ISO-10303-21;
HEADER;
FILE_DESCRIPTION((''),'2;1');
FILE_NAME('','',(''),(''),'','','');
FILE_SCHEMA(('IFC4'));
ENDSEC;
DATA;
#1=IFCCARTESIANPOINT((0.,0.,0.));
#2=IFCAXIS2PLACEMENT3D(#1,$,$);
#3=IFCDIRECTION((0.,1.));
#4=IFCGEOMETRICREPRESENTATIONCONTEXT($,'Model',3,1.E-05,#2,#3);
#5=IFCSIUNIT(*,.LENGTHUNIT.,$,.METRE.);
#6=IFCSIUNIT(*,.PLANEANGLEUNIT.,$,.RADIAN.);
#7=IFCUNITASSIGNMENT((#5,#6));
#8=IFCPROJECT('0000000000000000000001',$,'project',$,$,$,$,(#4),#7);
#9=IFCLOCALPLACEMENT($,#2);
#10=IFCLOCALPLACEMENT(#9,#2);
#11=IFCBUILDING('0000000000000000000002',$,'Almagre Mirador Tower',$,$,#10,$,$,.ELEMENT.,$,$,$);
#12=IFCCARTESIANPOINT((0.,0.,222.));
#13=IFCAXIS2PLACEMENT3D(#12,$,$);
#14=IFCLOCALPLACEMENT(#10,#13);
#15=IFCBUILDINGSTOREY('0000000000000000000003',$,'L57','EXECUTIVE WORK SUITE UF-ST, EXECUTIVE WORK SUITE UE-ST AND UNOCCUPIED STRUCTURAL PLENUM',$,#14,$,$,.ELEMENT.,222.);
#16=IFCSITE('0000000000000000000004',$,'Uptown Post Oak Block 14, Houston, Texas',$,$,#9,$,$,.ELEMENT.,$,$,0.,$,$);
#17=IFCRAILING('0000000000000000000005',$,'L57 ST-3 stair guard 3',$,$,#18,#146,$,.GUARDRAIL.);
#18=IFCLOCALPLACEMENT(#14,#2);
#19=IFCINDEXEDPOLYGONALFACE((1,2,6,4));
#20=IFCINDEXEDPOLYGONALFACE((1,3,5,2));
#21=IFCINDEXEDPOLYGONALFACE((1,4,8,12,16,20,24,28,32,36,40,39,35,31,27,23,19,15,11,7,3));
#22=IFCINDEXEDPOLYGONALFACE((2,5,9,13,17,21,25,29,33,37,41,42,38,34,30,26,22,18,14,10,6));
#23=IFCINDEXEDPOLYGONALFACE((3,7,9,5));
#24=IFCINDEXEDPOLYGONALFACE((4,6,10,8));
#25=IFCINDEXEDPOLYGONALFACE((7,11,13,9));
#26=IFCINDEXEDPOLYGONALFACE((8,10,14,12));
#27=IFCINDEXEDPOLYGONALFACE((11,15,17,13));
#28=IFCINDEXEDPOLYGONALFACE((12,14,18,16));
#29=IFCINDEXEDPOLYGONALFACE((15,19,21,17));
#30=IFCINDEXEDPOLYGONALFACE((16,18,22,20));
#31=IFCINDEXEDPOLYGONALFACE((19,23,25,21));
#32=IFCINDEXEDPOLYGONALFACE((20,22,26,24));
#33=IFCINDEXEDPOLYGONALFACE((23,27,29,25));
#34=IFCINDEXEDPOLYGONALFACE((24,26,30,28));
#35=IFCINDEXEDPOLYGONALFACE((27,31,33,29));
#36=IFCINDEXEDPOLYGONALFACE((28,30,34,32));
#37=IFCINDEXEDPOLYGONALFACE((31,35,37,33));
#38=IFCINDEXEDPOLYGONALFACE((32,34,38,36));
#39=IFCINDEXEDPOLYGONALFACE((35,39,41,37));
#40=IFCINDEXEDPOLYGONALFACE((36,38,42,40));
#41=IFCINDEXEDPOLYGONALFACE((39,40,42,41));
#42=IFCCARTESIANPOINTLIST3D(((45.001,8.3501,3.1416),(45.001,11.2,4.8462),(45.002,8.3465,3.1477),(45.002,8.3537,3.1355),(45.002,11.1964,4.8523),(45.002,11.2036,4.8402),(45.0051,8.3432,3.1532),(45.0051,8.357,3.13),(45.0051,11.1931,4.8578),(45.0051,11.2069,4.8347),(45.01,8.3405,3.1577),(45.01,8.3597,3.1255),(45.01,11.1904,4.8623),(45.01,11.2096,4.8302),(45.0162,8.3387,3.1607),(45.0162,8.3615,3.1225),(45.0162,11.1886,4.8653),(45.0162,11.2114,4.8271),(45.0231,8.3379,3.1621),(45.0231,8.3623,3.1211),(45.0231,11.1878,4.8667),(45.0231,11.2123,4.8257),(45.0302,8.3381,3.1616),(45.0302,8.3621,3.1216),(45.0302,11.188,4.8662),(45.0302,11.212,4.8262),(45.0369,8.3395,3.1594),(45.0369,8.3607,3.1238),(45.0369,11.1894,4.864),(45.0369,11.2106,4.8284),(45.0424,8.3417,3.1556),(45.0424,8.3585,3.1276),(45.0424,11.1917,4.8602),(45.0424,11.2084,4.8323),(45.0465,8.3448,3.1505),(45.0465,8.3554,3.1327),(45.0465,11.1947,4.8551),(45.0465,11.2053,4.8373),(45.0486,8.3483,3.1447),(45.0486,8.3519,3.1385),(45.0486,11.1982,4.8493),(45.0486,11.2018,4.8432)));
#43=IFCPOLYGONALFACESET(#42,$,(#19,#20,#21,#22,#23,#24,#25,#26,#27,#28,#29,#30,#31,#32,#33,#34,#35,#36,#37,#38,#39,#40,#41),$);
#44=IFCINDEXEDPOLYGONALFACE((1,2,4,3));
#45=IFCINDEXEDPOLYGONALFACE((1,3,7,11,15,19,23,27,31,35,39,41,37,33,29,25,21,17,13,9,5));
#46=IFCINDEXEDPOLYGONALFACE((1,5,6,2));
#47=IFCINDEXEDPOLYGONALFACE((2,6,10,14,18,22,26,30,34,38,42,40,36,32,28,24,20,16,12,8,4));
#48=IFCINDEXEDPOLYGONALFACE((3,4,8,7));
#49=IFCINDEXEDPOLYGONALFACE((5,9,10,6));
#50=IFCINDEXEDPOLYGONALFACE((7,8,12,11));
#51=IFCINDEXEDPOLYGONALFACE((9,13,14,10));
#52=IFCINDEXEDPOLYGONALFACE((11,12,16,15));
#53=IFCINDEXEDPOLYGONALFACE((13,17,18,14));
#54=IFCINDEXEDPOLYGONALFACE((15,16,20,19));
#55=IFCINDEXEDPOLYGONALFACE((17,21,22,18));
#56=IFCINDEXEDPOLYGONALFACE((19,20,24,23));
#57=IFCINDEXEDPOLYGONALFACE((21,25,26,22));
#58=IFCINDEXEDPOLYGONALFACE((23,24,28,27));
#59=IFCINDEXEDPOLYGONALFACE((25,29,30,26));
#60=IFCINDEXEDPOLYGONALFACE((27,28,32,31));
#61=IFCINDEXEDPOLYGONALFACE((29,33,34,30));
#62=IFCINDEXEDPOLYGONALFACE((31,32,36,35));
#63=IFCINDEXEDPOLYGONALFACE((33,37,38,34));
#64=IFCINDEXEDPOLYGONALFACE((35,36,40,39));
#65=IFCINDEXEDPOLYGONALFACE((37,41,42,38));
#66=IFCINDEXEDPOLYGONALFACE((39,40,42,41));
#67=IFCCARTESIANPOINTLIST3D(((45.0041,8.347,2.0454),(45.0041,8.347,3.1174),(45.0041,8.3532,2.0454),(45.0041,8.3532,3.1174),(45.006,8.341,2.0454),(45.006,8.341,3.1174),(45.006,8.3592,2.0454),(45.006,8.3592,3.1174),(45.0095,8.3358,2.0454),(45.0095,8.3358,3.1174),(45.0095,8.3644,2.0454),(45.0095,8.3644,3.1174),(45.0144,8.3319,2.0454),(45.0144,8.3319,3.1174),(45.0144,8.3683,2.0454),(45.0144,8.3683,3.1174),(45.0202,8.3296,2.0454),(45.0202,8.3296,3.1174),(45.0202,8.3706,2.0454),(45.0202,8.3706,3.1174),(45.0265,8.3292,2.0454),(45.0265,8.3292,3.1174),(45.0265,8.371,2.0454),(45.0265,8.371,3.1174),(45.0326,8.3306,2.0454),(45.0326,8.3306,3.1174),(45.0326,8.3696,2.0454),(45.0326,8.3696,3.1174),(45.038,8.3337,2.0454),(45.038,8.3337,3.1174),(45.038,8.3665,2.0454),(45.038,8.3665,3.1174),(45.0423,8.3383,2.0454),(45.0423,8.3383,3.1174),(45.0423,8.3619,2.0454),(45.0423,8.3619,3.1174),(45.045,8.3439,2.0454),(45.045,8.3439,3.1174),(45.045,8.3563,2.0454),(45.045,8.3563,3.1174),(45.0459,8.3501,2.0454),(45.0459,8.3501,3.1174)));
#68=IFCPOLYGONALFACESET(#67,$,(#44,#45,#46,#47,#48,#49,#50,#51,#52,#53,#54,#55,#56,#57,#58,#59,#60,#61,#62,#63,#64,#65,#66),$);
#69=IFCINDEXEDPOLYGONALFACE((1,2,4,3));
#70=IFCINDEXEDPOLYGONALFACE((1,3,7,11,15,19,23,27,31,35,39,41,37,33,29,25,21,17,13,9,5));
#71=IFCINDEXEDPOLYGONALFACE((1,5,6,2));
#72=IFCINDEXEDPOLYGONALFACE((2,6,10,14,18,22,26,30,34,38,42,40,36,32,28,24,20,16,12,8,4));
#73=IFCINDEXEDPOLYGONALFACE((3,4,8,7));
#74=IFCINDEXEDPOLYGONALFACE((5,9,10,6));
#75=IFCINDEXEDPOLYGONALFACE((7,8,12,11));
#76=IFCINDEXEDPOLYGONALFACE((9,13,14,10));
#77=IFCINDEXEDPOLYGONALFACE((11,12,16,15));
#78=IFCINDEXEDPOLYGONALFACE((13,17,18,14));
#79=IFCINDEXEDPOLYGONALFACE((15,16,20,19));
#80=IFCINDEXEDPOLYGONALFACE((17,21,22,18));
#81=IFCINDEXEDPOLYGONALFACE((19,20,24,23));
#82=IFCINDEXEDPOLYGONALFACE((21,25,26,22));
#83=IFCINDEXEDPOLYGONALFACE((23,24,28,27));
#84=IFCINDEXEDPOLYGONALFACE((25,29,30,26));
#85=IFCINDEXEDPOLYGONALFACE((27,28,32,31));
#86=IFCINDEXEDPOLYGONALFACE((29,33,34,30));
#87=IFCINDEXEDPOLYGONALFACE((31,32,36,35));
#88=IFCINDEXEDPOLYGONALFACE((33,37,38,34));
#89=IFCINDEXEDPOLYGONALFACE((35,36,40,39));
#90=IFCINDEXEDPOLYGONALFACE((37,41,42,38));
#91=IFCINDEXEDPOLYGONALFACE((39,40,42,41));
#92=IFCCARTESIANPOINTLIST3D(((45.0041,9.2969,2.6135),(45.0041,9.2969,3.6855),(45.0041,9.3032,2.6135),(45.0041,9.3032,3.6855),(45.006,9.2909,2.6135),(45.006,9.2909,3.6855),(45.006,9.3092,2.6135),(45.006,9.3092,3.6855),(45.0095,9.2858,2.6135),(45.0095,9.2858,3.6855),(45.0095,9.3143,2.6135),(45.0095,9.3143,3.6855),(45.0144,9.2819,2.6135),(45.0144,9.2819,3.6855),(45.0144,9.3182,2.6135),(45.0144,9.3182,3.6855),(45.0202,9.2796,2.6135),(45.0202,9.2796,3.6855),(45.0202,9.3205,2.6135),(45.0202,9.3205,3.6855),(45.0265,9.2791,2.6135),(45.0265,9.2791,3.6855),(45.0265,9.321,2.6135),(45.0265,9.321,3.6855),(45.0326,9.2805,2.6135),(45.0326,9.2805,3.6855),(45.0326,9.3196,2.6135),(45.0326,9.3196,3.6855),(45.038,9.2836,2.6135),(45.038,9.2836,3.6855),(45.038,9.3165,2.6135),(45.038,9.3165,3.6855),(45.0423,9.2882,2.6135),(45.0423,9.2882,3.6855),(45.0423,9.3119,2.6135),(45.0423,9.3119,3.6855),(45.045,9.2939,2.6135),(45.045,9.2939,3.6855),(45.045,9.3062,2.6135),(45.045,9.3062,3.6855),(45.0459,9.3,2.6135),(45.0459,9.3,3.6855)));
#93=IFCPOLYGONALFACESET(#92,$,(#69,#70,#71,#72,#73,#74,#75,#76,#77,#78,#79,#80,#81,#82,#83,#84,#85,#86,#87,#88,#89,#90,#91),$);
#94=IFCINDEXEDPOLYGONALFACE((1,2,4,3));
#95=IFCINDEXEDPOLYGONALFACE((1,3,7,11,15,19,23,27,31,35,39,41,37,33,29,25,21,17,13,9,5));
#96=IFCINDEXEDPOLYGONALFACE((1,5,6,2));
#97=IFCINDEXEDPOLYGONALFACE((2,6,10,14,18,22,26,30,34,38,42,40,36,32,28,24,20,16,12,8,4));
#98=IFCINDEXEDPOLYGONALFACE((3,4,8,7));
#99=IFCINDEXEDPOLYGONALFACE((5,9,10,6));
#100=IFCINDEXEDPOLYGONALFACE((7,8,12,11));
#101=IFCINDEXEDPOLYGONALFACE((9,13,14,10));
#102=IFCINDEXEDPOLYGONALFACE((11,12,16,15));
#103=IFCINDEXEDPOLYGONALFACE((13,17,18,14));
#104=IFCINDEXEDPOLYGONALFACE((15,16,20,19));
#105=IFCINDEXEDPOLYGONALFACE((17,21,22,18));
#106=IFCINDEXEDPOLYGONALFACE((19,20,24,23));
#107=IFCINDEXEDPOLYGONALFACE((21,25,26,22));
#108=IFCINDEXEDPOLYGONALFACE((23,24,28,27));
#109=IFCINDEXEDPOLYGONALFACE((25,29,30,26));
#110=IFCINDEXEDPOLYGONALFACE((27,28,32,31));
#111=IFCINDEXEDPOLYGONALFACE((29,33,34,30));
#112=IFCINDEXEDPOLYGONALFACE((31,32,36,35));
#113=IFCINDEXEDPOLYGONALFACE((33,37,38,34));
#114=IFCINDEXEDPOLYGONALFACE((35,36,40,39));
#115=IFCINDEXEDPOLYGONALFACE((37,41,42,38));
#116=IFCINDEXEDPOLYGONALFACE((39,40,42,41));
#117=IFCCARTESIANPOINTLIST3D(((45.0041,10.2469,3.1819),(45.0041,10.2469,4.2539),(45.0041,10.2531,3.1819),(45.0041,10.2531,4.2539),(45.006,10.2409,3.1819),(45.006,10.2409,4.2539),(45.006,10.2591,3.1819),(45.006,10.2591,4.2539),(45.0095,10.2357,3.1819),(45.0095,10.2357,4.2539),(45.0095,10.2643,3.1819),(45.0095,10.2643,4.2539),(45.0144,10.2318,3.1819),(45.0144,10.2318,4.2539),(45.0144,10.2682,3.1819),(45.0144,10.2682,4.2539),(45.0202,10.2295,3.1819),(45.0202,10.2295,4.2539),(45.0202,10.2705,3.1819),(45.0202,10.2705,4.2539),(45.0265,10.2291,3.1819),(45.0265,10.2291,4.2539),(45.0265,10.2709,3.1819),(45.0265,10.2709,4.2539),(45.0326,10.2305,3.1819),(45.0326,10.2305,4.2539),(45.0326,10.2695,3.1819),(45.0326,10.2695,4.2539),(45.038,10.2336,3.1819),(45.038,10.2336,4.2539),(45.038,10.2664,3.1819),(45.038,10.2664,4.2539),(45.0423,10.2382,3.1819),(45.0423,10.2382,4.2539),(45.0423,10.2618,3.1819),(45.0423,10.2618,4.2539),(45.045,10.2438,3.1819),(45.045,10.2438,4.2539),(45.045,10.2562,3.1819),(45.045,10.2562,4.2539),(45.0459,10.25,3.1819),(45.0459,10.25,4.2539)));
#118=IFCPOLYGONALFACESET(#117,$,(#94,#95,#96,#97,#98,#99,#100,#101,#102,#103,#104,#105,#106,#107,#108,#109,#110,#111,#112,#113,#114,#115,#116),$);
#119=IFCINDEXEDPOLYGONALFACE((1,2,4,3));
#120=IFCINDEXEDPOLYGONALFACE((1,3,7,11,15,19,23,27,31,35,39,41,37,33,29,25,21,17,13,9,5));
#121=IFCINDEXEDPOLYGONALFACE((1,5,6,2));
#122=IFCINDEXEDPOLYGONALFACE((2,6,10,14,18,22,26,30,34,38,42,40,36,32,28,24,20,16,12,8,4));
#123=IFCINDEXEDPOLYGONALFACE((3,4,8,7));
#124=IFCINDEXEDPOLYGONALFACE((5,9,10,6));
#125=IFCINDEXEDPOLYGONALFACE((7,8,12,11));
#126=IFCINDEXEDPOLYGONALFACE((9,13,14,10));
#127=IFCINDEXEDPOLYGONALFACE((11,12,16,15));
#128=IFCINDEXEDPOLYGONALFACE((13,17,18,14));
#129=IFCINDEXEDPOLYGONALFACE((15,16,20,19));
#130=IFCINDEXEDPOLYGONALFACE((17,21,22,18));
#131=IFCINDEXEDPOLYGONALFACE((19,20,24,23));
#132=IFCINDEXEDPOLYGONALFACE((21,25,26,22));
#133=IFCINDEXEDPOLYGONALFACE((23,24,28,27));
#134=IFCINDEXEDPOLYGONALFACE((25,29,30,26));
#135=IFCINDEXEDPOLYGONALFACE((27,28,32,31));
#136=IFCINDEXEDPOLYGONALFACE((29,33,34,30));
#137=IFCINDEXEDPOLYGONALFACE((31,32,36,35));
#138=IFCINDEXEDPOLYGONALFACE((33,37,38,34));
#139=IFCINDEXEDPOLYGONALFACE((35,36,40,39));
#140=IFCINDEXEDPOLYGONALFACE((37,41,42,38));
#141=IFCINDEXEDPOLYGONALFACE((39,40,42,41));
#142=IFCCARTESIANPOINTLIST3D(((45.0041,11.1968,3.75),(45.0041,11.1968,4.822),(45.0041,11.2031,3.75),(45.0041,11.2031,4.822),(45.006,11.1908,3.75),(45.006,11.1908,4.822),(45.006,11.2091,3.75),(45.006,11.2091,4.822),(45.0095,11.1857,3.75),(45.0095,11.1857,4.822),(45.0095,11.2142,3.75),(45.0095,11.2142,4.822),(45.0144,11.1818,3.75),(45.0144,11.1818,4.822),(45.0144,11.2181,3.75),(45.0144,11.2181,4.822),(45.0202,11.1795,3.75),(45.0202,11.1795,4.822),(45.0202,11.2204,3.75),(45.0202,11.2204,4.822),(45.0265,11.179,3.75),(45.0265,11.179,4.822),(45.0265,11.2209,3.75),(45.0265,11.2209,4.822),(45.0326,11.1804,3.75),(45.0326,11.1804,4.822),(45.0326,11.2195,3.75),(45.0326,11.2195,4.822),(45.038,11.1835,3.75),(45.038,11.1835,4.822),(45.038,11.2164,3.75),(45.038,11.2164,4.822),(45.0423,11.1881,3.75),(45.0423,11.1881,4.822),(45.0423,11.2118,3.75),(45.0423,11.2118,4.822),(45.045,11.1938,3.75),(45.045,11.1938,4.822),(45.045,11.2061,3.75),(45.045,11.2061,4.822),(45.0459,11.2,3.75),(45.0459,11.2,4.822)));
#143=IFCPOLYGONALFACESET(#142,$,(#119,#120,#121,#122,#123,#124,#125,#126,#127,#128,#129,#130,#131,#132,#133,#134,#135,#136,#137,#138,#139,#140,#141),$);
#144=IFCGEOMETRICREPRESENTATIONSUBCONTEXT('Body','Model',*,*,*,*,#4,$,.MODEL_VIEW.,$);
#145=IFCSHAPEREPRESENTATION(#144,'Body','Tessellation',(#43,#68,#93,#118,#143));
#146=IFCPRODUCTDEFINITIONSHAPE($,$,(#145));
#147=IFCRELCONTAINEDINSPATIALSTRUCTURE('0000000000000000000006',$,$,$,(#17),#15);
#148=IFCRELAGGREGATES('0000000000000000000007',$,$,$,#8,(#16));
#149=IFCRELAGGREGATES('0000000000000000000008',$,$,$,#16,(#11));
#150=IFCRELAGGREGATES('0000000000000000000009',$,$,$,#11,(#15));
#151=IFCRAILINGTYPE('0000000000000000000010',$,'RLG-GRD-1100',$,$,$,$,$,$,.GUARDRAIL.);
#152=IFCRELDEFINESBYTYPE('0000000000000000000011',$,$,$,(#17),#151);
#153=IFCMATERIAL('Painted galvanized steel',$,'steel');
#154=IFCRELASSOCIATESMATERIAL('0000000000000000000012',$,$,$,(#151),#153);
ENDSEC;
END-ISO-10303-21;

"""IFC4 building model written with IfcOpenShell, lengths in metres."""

from ifc_helpers import new_model, si_unit, direction, frame, origin, origin_2d, place, context, subcontext, project, spatial, circle, extrude, material, type_object, element, save


model = new_model("IFC4")

# Units and contexts
model_context = context("Model", 3, precision=1e-05, world=origin(), true_north=direction((0.0, 1.0)))
body_context = subcontext(model_context, "Body", "Model", "MODEL_VIEW")
ifc_project = project(units=[si_unit("LENGTHUNIT", "METRE"), si_unit("PLANEANGLEUNIT", "RADIAN")], contexts=[model_context])

# Site, building, storey
site_placement = place(None, origin())
site = spatial("IfcSite", under=ifc_project, at=site_placement, Name="Uptown Post Oak Block 14, Houston, Texas", CompositionType="ELEMENT", RefElevation=0.0)
building_placement = place(site_placement, origin())
building = spatial("IfcBuilding", under=site, at=building_placement, Name="Almagre Mirador Tower", CompositionType="ELEMENT")
storey_placement = place(building_placement, frame((0.0, 0.0, 222.0)))
storey = spatial("IfcBuildingStorey", under=building, at=storey_placement, Name="L57", Description="EXECUTIVE WORK SUITE UF-ST, EXECUTIVE WORK SUITE UE-ST AND UNOCCUPIED STRUCTURAL PLENUM", CompositionType="ELEMENT", Elevation=222.0)

# Railing
ifc_material_1 = material(Name="Painted galvanized steel", Category="steel")
railing_type_1 = type_object("IfcRailingType", Name="RLG-GRD-1100", PredefinedType="GUARDRAIL", material=ifc_material_1)
railing_1_placement = place(storey_placement, frame((45.0249, 8.3501, 2.0454)))
element("IfcRailing", 1, at=railing_1_placement, inside=storey, type_object=railing_type_1, Name="L57 ST-3 stair guard 3", PredefinedType="GUARDRAIL", context=body_context, shape_type="SweptSolid", body=[
    extrude(circle(Radius=0.0239, at=origin_2d()), frame((0.0, 0.0, 1.0962), z_axis=(0.0, 0.858199, 0.513317), x_axis=(-1.0, 0.0, 0.0)), (0.0, 0.0, 1.0), 3.3208),
    extrude(circle(Radius=0.021, at=origin_2d()), origin(), (0.0, 0.0, 1.0), 1.072),
    extrude(circle(Radius=0.021, at=origin_2d()), frame((0.0, 0.95, 0.5681)), (0.0, 0.0, 1.0), 1.072),
    extrude(circle(Radius=0.021, at=origin_2d()), frame((0.0, 1.8999, 1.1365)), (0.0, 0.0, 1.0), 1.072),
    extrude(circle(Radius=0.021, at=origin_2d()), frame((0.0, 2.8499, 1.7046)), (0.0, 0.0, 1.0), 1.072),
])

save(model, "model.ifc")
